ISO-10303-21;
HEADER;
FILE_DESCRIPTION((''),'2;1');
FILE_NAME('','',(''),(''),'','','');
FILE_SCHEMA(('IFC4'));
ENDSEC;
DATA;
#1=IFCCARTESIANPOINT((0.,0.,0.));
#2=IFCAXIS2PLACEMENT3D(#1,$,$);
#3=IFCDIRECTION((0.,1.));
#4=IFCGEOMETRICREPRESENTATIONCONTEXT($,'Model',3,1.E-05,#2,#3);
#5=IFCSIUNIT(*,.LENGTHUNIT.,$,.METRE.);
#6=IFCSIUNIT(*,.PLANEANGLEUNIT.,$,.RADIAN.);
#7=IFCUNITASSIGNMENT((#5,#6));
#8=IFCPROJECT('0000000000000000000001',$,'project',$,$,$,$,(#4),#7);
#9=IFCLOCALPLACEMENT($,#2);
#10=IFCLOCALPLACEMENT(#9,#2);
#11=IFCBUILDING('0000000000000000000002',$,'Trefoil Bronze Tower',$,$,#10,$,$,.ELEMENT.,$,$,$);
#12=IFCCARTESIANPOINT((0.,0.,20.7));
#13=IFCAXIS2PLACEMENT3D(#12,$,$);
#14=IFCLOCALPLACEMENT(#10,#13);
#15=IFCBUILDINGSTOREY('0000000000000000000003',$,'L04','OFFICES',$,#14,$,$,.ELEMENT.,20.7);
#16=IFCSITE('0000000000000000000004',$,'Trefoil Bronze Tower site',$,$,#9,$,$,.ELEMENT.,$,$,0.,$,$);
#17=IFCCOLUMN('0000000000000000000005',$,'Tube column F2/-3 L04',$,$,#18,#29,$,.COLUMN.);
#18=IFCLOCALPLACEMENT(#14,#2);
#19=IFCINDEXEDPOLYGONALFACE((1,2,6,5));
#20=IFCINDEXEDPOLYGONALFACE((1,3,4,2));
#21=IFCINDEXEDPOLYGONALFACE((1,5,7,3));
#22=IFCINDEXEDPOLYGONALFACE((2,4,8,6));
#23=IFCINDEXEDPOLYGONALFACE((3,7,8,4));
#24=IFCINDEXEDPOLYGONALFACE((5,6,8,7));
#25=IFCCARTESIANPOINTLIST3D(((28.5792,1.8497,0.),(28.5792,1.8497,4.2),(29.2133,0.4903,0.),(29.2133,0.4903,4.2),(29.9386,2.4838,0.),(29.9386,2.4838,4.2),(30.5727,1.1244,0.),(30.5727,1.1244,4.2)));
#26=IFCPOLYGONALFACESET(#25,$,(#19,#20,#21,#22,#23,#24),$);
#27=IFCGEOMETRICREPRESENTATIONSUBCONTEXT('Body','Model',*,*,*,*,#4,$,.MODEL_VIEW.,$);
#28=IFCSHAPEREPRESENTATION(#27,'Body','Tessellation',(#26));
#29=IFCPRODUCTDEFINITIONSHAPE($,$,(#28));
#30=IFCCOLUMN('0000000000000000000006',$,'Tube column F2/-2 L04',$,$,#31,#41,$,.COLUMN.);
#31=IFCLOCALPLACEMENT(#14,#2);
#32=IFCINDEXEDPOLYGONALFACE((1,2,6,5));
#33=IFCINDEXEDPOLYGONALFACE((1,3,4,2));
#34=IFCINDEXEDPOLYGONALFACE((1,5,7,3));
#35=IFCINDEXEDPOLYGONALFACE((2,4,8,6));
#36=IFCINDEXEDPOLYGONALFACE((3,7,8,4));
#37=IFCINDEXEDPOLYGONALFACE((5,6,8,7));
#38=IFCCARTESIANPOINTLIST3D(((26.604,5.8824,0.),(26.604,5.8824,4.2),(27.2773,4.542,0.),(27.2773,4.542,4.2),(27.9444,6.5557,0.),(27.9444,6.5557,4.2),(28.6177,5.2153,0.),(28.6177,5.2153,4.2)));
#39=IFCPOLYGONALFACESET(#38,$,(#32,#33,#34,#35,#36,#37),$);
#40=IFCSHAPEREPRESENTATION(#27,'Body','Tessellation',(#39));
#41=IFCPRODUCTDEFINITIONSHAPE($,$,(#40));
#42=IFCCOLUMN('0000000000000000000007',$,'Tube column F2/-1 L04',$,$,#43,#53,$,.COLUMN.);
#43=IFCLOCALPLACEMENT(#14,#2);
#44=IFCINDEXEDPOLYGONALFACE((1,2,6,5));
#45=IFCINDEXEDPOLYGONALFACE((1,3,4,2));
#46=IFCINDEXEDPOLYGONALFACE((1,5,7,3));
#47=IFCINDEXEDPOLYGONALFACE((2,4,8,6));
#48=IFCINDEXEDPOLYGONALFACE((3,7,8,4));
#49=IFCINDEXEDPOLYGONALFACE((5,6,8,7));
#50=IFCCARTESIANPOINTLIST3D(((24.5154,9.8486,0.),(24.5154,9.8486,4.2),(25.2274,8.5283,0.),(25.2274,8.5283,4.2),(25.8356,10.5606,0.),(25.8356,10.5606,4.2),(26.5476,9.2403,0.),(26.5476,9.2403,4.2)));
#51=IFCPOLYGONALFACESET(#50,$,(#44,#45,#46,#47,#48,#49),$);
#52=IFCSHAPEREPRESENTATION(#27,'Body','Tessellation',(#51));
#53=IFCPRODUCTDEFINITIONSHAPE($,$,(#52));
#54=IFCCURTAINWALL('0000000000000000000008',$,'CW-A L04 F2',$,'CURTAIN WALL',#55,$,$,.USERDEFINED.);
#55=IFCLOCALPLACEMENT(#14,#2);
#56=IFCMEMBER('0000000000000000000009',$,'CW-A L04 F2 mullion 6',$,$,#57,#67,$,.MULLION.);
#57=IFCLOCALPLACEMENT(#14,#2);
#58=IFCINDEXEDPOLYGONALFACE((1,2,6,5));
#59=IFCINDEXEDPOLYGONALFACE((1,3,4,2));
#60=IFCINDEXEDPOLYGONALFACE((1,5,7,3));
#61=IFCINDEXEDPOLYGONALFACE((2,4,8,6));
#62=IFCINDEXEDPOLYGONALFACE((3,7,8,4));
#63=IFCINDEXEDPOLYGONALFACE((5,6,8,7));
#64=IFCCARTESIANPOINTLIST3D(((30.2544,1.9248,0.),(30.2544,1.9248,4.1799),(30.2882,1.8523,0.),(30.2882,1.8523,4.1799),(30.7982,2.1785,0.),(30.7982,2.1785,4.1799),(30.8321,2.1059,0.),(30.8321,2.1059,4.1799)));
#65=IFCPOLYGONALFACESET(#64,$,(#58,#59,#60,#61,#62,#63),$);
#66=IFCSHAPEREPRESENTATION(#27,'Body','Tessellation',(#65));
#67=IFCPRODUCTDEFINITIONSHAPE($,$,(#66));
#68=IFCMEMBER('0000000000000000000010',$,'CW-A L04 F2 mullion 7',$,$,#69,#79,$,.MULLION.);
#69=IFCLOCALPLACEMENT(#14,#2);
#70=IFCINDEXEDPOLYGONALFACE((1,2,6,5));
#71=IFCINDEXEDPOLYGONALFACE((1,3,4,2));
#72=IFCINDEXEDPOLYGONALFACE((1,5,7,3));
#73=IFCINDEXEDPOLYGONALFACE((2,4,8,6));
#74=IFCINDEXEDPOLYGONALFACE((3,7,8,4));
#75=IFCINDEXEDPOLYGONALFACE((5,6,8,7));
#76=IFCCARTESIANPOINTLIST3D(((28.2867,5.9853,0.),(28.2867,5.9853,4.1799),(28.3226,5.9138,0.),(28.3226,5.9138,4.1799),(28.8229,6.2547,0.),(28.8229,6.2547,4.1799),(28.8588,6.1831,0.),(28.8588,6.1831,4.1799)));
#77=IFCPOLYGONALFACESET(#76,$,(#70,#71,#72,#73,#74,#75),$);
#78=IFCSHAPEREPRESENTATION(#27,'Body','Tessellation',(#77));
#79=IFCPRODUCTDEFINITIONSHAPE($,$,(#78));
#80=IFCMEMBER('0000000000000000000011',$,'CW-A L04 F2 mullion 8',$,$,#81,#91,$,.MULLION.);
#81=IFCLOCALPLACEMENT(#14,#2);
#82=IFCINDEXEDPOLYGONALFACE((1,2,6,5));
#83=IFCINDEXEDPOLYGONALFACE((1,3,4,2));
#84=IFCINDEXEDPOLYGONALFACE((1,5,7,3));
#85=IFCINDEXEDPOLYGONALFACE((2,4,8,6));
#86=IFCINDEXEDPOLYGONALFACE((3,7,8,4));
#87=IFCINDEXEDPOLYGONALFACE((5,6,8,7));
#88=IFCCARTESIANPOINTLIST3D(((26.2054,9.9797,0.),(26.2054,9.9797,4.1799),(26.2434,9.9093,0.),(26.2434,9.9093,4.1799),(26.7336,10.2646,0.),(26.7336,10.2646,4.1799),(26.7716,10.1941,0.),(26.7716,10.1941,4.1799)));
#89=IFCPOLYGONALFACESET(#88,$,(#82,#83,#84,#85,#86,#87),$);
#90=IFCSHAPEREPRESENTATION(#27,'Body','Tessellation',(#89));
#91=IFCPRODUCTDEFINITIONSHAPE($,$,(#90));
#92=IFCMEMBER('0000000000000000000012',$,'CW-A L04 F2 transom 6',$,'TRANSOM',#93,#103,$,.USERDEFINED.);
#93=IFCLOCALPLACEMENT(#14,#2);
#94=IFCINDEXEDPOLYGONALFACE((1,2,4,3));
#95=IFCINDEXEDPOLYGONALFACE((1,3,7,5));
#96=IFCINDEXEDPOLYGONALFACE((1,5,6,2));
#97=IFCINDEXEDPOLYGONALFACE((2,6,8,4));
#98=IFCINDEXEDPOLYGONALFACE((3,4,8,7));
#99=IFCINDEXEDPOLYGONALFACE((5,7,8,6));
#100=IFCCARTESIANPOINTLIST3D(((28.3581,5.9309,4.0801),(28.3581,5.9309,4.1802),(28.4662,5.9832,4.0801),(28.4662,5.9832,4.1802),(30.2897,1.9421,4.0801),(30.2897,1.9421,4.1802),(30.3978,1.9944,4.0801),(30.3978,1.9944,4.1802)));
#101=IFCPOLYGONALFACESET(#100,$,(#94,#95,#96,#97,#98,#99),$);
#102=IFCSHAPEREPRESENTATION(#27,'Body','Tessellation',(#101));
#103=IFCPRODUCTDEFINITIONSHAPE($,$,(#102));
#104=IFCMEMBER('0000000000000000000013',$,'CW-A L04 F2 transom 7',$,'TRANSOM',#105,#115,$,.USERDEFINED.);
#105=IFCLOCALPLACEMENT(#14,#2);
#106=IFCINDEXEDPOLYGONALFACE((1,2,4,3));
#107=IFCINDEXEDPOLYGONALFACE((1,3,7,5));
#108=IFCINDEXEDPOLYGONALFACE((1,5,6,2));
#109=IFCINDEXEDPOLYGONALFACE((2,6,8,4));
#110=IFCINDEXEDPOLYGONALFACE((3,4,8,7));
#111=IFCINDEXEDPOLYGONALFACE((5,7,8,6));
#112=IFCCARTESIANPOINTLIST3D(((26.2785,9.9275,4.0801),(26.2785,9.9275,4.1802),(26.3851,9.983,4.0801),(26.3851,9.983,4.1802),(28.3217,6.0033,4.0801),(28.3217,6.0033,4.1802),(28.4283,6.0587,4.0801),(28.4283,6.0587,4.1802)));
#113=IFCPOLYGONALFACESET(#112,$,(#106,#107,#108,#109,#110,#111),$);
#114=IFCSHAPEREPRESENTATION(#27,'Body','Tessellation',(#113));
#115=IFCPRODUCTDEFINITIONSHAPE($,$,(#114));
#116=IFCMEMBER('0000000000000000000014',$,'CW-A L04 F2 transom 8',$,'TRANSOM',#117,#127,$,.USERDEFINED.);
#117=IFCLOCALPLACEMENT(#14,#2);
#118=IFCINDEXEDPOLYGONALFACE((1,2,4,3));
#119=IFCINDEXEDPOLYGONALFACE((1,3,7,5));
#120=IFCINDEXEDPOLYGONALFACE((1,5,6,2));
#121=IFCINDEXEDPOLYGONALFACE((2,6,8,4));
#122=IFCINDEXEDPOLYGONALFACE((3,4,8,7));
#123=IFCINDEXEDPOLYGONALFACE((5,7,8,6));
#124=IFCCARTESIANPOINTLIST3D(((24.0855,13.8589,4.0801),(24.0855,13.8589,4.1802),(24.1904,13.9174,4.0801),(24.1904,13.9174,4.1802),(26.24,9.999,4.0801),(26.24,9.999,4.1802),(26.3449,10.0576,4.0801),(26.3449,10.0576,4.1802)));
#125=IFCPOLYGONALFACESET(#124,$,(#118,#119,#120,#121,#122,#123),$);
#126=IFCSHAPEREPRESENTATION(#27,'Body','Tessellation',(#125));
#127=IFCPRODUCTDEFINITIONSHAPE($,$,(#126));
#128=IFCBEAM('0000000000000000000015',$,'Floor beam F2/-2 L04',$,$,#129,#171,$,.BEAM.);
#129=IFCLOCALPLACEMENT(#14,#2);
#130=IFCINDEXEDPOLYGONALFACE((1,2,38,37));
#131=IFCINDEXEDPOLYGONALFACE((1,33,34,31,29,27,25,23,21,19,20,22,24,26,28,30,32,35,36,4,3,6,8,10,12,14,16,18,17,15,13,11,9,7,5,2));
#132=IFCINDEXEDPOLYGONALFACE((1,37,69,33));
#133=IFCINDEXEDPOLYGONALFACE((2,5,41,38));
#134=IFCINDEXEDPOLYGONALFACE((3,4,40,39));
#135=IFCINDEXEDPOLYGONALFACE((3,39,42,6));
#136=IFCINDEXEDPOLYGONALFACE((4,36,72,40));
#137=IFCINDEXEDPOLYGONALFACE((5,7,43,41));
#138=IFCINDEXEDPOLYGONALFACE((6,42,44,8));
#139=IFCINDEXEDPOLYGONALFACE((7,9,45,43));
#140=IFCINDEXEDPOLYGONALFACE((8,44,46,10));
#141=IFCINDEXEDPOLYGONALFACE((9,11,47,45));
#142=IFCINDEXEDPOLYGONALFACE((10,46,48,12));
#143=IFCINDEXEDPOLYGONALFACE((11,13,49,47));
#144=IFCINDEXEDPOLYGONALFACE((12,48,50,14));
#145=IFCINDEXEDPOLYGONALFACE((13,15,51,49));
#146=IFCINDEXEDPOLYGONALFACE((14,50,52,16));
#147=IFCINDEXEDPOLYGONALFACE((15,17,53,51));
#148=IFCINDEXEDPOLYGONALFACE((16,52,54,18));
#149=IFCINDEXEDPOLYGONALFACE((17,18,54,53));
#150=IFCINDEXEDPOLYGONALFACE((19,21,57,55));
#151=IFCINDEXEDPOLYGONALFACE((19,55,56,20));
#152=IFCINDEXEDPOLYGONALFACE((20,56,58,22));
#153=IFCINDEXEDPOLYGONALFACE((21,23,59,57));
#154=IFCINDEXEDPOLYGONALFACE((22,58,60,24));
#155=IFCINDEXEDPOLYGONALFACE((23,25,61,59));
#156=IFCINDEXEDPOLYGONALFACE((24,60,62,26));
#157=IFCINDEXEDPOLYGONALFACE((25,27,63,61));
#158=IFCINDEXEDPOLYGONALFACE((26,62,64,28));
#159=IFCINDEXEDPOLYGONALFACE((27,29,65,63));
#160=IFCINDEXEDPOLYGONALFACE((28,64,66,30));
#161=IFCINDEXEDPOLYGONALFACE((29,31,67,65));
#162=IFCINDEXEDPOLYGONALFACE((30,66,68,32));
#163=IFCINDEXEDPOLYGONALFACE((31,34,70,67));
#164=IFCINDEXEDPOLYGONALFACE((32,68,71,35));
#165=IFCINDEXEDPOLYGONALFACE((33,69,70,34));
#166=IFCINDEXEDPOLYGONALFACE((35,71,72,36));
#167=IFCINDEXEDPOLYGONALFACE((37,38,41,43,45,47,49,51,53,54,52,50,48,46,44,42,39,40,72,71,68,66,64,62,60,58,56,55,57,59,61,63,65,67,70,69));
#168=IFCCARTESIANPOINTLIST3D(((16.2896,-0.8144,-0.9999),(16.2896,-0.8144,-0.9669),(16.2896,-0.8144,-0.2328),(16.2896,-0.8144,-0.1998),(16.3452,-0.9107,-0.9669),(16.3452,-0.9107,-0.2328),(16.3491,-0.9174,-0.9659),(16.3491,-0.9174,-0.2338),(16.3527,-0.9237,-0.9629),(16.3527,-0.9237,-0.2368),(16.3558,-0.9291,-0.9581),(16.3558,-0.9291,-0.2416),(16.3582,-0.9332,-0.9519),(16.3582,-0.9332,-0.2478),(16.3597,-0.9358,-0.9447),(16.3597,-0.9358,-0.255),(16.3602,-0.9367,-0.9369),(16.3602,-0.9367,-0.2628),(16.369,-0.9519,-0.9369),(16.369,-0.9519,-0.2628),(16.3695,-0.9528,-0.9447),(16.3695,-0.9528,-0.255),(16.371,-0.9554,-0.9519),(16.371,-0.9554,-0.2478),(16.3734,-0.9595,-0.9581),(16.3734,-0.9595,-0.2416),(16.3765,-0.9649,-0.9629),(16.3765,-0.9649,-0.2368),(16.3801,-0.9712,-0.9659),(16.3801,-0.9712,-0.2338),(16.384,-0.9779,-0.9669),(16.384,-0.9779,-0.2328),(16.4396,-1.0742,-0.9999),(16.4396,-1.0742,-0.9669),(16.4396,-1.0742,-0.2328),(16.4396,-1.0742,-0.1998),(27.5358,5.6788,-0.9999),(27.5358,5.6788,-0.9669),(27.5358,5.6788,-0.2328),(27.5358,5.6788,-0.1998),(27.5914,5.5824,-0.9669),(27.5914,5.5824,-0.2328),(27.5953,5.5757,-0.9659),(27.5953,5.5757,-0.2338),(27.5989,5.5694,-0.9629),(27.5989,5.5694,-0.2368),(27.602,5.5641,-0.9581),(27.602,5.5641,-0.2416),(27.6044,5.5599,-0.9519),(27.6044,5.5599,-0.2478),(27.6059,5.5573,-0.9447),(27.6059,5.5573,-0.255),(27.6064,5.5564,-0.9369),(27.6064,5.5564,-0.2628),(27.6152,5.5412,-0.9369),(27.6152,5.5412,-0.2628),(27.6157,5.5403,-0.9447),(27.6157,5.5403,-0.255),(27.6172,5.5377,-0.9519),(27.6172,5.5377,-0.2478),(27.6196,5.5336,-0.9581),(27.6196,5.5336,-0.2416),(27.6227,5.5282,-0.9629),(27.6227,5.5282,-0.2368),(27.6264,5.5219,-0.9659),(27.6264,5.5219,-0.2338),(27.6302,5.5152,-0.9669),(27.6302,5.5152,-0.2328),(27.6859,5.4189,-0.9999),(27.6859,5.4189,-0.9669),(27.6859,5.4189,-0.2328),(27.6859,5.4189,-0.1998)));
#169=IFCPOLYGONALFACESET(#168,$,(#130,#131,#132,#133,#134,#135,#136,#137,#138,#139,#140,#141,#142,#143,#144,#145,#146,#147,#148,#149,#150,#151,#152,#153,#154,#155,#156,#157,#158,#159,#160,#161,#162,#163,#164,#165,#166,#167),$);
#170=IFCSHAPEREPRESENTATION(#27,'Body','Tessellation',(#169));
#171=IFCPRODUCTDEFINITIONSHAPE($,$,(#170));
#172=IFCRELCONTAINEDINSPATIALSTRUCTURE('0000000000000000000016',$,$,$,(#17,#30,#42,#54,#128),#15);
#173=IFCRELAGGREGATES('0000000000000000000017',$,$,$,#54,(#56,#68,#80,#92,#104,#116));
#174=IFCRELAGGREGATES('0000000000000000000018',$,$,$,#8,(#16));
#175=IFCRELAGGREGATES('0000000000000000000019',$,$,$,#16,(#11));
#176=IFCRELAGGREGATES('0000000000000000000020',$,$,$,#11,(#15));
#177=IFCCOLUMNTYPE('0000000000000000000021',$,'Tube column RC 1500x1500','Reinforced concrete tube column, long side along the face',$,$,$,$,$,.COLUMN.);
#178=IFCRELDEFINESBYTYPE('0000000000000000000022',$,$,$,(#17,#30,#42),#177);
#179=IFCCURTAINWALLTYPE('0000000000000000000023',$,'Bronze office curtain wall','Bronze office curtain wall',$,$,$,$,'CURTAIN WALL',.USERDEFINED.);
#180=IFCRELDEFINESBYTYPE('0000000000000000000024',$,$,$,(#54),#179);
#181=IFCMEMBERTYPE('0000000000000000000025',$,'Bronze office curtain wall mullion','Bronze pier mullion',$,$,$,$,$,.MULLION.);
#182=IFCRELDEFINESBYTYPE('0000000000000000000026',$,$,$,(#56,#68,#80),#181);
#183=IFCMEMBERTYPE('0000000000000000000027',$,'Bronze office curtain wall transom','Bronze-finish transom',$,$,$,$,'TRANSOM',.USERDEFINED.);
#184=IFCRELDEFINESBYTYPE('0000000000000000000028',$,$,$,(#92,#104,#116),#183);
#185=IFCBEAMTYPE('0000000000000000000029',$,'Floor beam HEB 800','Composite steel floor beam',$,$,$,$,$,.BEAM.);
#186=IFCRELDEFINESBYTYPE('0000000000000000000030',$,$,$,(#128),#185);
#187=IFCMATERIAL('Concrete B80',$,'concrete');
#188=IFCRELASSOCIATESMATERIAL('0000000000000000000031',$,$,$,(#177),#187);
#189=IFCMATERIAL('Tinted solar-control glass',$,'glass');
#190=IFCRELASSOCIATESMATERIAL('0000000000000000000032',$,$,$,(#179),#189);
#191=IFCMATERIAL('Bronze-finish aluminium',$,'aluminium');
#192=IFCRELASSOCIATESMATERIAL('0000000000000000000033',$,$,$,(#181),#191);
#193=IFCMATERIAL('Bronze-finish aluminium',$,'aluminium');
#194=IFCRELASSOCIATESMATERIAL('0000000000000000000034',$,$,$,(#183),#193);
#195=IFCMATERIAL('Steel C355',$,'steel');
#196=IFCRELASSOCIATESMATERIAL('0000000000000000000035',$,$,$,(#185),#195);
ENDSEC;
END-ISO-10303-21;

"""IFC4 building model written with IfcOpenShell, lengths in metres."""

from ifc_helpers import new_model, si_unit, direction, frame, origin, origin_2d, place, context, subcontext, project, spatial, rectangle, i_section, extrude, material, material_profile, profile_set, type_object, element, aggregate, save


model = new_model("IFC4")

# Units and contexts
model_context = context("Model", 3, precision=1e-05, world=origin(), true_north=direction((0.0, 1.0)))
body_context = subcontext(model_context, "Body", "Model", "MODEL_VIEW")
ifc_project = project(units=[si_unit("LENGTHUNIT", "METRE"), si_unit("PLANEANGLEUNIT", "RADIAN")], contexts=[model_context])

# Site, building, storey
site_placement = place(None, origin())
site = spatial("IfcSite", under=ifc_project, at=site_placement, Name="Trefoil Bronze Tower site", CompositionType="ELEMENT", RefElevation=0.0)
building_placement = place(site_placement, origin())
building = spatial("IfcBuilding", under=site, at=building_placement, Name="Trefoil Bronze Tower", CompositionType="ELEMENT")
storey_placement = place(building_placement, frame((0.0, 0.0, 20.7)))
storey = spatial("IfcBuildingStorey", under=building, at=storey_placement, Name="L04", Description="OFFICES", CompositionType="ELEMENT", Elevation=20.7)

# Columns
ifc_material_1 = material(Name="Concrete B80", Category="concrete")
ifc_material_profile_1 = material_profile(ifc_material_1, rectangle(XDim=1.5, YDim=1.5, at=origin_2d()), Name="RC 1500x1500")
ifc_profile_set_1 = profile_set([ifc_material_profile_1], Name="Concrete B80")
column_type = type_object("IfcColumnType", Name="Tube column RC 1500x1500", Description="Reinforced concrete tube column, long side along the face", PredefinedType="COLUMN", material=ifc_profile_set_1)
for number, where, z_axis, x_axis, name in (
    (1, (29.5759, 1.4871, 0.0), (0.0, 0.0, 1.0), (-0.422701, 0.906269, 0.0), "Tube column F2/-3 L04"),
    (2, (27.6108, 5.5488, 0.0), (0.0, 0.0, 1.0), (-0.44889, 0.893587, 0.0), "Tube column F2/-2 L04"),
    (3, (25.5315, 9.5444, 0.0), (0.0, 0.0, 1.0), (-0.474656, 0.880171, 0.0), "Tube column F2/-1 L04"),
):
    element("IfcColumn", number, at=place(storey_placement, frame(where, z_axis=z_axis, x_axis=x_axis)), inside=storey, type_object=column_type, Name=name, PredefinedType="COLUMN", context=body_context, shape_type="SweptSolid", body=[
        extrude(rectangle(XDim=1.5, YDim=1.5, at=origin_2d()), origin(), (0.0, 0.0, 1.0), 4.2),
    ])

# Curtain wall, members
ifc_material_2 = material(Name="Tinted solar-control glass", Category="glass")
curtain_wall_type = type_object("IfcCurtainWallType", Name="Bronze office curtain wall", Description="Bronze office curtain wall", ElementType="CURTAIN WALL", PredefinedType="USERDEFINED", material=ifc_material_2)
curtain_wall_placement = place(storey_placement, origin())
curtain_wall = element("IfcCurtainWall", 4, at=curtain_wall_placement, inside=storey, type_object=curtain_wall_type, Name="CW-A L04 F2", ObjectType="CURTAIN WALL", PredefinedType="USERDEFINED")
ifc_material_3 = material(Name="Bronze-finish aluminium", Category="aluminium")
ifc_material_profile_2 = material_profile(ifc_material_3, rectangle(XDim=0.6001, YDim=0.0801, at=origin_2d()), Name="CW-A mullion")
ifc_profile_set_2 = profile_set([ifc_material_profile_2], Name="Bronze-finish aluminium")
member_type_1 = type_object("IfcMemberType", Name="Bronze office curtain wall mullion", Description="Bronze pier mullion", PredefinedType="MULLION", material=ifc_profile_set_2)
member_1_placement = place(storey_placement, frame((30.5432, 2.0154, 0.0), z_axis=(0.0, 0.0, 1.0), x_axis=(-0.906269, -0.422701, 0.0)))
member_1 = element("IfcMember", 5, at=member_1_placement, type_object=member_type_1, Name="CW-A L04 F2 mullion 6", PredefinedType="MULLION", context=body_context, shape_type="SweptSolid", body=[
    extrude(rectangle(XDim=0.6001, YDim=0.0801, at=origin_2d()), origin(), (0.0, 0.0, 1.0), 4.1799),
])
member_2_placement = place(storey_placement, frame((28.5728, 6.0842, 0.0), z_axis=(0.0, 0.0, 1.0), x_axis=(-0.893587, -0.44889, 0.0)))
member_2 = element("IfcMember", 6, at=member_2_placement, type_object=member_type_1, Name="CW-A L04 F2 mullion 7", PredefinedType="MULLION", context=body_context, shape_type="SweptSolid", body=[
    extrude(rectangle(XDim=0.6001, YDim=0.0801, at=origin_2d()), origin(), (0.0, 0.0, 1.0), 4.1799),
])
member_3_placement = place(storey_placement, frame((26.4885, 10.0869, 0.0), z_axis=(0.0, 0.0, 1.0), x_axis=(-0.880171, -0.474656, 0.0)))
member_3 = element("IfcMember", 7, at=member_3_placement, type_object=member_type_1, Name="CW-A L04 F2 mullion 8", PredefinedType="MULLION", context=body_context, shape_type="SweptSolid", body=[
    extrude(rectangle(XDim=0.6001, YDim=0.0801, at=origin_2d()), origin(), (0.0, 0.0, 1.0), 4.1799),
])
ifc_material_4 = material(Name="Bronze-finish aluminium", Category="aluminium")
ifc_material_profile_3 = material_profile(ifc_material_4, rectangle(XDim=0.1201, YDim=0.1001, at=origin_2d()), Name="CW-A transom")
ifc_profile_set_3 = profile_set([ifc_material_profile_3], Name="Bronze-finish aluminium")
member_type_2 = type_object("IfcMemberType", Name="Bronze office curtain wall transom", Description="Bronze-finish transom", ElementType="TRANSOM", PredefinedType="USERDEFINED", material=ifc_profile_set_3)
member_4_placement = place(storey_placement, frame((30.3438, 1.9683, 4.1301), z_axis=(-0.435852, 0.900018, 0.0), x_axis=(-0.900018, -0.435852, 0.0)))
member_4 = element("IfcMember", 8, at=member_4_placement, type_object=member_type_2, Name="CW-A L04 F2 transom 6", ObjectType="TRANSOM", PredefinedType="USERDEFINED", context=body_context, shape_type="SweptSolid", body=[
    extrude(rectangle(XDim=0.1201, YDim=0.1001, at=origin_2d()), origin(), (0.0, 0.0, 1.0), 4.4319),
])
member_5_placement = place(storey_placement, frame((28.375, 6.031, 4.1301), z_axis=(-0.46181, 0.886979, 0.0), x_axis=(-0.886979, -0.46181, 0.0)))
member_5 = element("IfcMember", 9, at=member_5_placement, type_object=member_type_2, Name="CW-A L04 F2 transom 7", ObjectType="TRANSOM", PredefinedType="USERDEFINED", context=body_context, shape_type="SweptSolid", body=[
    extrude(rectangle(XDim=0.1201, YDim=0.1001, at=origin_2d()), origin(), (0.0, 0.0, 1.0), 4.4243),
])
member_6_placement = place(storey_placement, frame((26.2925, 10.0283, 4.1301), z_axis=(-0.4874, 0.873179, 0.0), x_axis=(-0.873179, -0.4874, 0.0)))
member_6 = element("IfcMember", 10, at=member_6_placement, type_object=member_type_2, Name="CW-A L04 F2 transom 8", ObjectType="TRANSOM", PredefinedType="USERDEFINED", context=body_context, shape_type="SweptSolid", body=[
    extrude(rectangle(XDim=0.1201, YDim=0.1001, at=origin_2d()), origin(), (0.0, 0.0, 1.0), 4.4204),
])

# Beam
ifc_material_5 = material(Name="Steel C355", Category="steel")
ifc_material_profile_4 = material_profile(ifc_material_5, i_section(OverallWidth=0.3, OverallDepth=0.8, WebThickness=0.0176, FlangeThickness=0.033, FilletRadius=0.03, at=origin_2d()), Name="HEB 800")
ifc_profile_set_4 = profile_set([ifc_material_profile_4], Name="Steel C355")
beam_type_1 = type_object("IfcBeamType", Name="Floor beam HEB 800", Description="Composite steel floor beam", PredefinedType="BEAM", material=ifc_profile_set_4)
beam_1_placement = place(storey_placement, frame((27.6108, 5.5488, -0.5999), z_axis=(-0.866022, -0.500005, 0.0), x_axis=(0.500005, -0.866022, 0.0)))
element("IfcBeam", 11, at=beam_1_placement, inside=storey, type_object=beam_type_1, Name="Floor beam F2/-2 L04", PredefinedType="BEAM", context=body_context, shape_type="SweptSolid", body=[
    extrude(i_section(OverallWidth=0.3, OverallDepth=0.8, WebThickness=0.0176, FlangeThickness=0.033, FilletRadius=0.03, at=origin_2d()), origin(), (0.0, 0.0, 1.0), 12.9861),
])

aggregate(curtain_wall, [member_1, member_2, member_3, member_4, member_5, member_6])

save(model, "model.ifc")
